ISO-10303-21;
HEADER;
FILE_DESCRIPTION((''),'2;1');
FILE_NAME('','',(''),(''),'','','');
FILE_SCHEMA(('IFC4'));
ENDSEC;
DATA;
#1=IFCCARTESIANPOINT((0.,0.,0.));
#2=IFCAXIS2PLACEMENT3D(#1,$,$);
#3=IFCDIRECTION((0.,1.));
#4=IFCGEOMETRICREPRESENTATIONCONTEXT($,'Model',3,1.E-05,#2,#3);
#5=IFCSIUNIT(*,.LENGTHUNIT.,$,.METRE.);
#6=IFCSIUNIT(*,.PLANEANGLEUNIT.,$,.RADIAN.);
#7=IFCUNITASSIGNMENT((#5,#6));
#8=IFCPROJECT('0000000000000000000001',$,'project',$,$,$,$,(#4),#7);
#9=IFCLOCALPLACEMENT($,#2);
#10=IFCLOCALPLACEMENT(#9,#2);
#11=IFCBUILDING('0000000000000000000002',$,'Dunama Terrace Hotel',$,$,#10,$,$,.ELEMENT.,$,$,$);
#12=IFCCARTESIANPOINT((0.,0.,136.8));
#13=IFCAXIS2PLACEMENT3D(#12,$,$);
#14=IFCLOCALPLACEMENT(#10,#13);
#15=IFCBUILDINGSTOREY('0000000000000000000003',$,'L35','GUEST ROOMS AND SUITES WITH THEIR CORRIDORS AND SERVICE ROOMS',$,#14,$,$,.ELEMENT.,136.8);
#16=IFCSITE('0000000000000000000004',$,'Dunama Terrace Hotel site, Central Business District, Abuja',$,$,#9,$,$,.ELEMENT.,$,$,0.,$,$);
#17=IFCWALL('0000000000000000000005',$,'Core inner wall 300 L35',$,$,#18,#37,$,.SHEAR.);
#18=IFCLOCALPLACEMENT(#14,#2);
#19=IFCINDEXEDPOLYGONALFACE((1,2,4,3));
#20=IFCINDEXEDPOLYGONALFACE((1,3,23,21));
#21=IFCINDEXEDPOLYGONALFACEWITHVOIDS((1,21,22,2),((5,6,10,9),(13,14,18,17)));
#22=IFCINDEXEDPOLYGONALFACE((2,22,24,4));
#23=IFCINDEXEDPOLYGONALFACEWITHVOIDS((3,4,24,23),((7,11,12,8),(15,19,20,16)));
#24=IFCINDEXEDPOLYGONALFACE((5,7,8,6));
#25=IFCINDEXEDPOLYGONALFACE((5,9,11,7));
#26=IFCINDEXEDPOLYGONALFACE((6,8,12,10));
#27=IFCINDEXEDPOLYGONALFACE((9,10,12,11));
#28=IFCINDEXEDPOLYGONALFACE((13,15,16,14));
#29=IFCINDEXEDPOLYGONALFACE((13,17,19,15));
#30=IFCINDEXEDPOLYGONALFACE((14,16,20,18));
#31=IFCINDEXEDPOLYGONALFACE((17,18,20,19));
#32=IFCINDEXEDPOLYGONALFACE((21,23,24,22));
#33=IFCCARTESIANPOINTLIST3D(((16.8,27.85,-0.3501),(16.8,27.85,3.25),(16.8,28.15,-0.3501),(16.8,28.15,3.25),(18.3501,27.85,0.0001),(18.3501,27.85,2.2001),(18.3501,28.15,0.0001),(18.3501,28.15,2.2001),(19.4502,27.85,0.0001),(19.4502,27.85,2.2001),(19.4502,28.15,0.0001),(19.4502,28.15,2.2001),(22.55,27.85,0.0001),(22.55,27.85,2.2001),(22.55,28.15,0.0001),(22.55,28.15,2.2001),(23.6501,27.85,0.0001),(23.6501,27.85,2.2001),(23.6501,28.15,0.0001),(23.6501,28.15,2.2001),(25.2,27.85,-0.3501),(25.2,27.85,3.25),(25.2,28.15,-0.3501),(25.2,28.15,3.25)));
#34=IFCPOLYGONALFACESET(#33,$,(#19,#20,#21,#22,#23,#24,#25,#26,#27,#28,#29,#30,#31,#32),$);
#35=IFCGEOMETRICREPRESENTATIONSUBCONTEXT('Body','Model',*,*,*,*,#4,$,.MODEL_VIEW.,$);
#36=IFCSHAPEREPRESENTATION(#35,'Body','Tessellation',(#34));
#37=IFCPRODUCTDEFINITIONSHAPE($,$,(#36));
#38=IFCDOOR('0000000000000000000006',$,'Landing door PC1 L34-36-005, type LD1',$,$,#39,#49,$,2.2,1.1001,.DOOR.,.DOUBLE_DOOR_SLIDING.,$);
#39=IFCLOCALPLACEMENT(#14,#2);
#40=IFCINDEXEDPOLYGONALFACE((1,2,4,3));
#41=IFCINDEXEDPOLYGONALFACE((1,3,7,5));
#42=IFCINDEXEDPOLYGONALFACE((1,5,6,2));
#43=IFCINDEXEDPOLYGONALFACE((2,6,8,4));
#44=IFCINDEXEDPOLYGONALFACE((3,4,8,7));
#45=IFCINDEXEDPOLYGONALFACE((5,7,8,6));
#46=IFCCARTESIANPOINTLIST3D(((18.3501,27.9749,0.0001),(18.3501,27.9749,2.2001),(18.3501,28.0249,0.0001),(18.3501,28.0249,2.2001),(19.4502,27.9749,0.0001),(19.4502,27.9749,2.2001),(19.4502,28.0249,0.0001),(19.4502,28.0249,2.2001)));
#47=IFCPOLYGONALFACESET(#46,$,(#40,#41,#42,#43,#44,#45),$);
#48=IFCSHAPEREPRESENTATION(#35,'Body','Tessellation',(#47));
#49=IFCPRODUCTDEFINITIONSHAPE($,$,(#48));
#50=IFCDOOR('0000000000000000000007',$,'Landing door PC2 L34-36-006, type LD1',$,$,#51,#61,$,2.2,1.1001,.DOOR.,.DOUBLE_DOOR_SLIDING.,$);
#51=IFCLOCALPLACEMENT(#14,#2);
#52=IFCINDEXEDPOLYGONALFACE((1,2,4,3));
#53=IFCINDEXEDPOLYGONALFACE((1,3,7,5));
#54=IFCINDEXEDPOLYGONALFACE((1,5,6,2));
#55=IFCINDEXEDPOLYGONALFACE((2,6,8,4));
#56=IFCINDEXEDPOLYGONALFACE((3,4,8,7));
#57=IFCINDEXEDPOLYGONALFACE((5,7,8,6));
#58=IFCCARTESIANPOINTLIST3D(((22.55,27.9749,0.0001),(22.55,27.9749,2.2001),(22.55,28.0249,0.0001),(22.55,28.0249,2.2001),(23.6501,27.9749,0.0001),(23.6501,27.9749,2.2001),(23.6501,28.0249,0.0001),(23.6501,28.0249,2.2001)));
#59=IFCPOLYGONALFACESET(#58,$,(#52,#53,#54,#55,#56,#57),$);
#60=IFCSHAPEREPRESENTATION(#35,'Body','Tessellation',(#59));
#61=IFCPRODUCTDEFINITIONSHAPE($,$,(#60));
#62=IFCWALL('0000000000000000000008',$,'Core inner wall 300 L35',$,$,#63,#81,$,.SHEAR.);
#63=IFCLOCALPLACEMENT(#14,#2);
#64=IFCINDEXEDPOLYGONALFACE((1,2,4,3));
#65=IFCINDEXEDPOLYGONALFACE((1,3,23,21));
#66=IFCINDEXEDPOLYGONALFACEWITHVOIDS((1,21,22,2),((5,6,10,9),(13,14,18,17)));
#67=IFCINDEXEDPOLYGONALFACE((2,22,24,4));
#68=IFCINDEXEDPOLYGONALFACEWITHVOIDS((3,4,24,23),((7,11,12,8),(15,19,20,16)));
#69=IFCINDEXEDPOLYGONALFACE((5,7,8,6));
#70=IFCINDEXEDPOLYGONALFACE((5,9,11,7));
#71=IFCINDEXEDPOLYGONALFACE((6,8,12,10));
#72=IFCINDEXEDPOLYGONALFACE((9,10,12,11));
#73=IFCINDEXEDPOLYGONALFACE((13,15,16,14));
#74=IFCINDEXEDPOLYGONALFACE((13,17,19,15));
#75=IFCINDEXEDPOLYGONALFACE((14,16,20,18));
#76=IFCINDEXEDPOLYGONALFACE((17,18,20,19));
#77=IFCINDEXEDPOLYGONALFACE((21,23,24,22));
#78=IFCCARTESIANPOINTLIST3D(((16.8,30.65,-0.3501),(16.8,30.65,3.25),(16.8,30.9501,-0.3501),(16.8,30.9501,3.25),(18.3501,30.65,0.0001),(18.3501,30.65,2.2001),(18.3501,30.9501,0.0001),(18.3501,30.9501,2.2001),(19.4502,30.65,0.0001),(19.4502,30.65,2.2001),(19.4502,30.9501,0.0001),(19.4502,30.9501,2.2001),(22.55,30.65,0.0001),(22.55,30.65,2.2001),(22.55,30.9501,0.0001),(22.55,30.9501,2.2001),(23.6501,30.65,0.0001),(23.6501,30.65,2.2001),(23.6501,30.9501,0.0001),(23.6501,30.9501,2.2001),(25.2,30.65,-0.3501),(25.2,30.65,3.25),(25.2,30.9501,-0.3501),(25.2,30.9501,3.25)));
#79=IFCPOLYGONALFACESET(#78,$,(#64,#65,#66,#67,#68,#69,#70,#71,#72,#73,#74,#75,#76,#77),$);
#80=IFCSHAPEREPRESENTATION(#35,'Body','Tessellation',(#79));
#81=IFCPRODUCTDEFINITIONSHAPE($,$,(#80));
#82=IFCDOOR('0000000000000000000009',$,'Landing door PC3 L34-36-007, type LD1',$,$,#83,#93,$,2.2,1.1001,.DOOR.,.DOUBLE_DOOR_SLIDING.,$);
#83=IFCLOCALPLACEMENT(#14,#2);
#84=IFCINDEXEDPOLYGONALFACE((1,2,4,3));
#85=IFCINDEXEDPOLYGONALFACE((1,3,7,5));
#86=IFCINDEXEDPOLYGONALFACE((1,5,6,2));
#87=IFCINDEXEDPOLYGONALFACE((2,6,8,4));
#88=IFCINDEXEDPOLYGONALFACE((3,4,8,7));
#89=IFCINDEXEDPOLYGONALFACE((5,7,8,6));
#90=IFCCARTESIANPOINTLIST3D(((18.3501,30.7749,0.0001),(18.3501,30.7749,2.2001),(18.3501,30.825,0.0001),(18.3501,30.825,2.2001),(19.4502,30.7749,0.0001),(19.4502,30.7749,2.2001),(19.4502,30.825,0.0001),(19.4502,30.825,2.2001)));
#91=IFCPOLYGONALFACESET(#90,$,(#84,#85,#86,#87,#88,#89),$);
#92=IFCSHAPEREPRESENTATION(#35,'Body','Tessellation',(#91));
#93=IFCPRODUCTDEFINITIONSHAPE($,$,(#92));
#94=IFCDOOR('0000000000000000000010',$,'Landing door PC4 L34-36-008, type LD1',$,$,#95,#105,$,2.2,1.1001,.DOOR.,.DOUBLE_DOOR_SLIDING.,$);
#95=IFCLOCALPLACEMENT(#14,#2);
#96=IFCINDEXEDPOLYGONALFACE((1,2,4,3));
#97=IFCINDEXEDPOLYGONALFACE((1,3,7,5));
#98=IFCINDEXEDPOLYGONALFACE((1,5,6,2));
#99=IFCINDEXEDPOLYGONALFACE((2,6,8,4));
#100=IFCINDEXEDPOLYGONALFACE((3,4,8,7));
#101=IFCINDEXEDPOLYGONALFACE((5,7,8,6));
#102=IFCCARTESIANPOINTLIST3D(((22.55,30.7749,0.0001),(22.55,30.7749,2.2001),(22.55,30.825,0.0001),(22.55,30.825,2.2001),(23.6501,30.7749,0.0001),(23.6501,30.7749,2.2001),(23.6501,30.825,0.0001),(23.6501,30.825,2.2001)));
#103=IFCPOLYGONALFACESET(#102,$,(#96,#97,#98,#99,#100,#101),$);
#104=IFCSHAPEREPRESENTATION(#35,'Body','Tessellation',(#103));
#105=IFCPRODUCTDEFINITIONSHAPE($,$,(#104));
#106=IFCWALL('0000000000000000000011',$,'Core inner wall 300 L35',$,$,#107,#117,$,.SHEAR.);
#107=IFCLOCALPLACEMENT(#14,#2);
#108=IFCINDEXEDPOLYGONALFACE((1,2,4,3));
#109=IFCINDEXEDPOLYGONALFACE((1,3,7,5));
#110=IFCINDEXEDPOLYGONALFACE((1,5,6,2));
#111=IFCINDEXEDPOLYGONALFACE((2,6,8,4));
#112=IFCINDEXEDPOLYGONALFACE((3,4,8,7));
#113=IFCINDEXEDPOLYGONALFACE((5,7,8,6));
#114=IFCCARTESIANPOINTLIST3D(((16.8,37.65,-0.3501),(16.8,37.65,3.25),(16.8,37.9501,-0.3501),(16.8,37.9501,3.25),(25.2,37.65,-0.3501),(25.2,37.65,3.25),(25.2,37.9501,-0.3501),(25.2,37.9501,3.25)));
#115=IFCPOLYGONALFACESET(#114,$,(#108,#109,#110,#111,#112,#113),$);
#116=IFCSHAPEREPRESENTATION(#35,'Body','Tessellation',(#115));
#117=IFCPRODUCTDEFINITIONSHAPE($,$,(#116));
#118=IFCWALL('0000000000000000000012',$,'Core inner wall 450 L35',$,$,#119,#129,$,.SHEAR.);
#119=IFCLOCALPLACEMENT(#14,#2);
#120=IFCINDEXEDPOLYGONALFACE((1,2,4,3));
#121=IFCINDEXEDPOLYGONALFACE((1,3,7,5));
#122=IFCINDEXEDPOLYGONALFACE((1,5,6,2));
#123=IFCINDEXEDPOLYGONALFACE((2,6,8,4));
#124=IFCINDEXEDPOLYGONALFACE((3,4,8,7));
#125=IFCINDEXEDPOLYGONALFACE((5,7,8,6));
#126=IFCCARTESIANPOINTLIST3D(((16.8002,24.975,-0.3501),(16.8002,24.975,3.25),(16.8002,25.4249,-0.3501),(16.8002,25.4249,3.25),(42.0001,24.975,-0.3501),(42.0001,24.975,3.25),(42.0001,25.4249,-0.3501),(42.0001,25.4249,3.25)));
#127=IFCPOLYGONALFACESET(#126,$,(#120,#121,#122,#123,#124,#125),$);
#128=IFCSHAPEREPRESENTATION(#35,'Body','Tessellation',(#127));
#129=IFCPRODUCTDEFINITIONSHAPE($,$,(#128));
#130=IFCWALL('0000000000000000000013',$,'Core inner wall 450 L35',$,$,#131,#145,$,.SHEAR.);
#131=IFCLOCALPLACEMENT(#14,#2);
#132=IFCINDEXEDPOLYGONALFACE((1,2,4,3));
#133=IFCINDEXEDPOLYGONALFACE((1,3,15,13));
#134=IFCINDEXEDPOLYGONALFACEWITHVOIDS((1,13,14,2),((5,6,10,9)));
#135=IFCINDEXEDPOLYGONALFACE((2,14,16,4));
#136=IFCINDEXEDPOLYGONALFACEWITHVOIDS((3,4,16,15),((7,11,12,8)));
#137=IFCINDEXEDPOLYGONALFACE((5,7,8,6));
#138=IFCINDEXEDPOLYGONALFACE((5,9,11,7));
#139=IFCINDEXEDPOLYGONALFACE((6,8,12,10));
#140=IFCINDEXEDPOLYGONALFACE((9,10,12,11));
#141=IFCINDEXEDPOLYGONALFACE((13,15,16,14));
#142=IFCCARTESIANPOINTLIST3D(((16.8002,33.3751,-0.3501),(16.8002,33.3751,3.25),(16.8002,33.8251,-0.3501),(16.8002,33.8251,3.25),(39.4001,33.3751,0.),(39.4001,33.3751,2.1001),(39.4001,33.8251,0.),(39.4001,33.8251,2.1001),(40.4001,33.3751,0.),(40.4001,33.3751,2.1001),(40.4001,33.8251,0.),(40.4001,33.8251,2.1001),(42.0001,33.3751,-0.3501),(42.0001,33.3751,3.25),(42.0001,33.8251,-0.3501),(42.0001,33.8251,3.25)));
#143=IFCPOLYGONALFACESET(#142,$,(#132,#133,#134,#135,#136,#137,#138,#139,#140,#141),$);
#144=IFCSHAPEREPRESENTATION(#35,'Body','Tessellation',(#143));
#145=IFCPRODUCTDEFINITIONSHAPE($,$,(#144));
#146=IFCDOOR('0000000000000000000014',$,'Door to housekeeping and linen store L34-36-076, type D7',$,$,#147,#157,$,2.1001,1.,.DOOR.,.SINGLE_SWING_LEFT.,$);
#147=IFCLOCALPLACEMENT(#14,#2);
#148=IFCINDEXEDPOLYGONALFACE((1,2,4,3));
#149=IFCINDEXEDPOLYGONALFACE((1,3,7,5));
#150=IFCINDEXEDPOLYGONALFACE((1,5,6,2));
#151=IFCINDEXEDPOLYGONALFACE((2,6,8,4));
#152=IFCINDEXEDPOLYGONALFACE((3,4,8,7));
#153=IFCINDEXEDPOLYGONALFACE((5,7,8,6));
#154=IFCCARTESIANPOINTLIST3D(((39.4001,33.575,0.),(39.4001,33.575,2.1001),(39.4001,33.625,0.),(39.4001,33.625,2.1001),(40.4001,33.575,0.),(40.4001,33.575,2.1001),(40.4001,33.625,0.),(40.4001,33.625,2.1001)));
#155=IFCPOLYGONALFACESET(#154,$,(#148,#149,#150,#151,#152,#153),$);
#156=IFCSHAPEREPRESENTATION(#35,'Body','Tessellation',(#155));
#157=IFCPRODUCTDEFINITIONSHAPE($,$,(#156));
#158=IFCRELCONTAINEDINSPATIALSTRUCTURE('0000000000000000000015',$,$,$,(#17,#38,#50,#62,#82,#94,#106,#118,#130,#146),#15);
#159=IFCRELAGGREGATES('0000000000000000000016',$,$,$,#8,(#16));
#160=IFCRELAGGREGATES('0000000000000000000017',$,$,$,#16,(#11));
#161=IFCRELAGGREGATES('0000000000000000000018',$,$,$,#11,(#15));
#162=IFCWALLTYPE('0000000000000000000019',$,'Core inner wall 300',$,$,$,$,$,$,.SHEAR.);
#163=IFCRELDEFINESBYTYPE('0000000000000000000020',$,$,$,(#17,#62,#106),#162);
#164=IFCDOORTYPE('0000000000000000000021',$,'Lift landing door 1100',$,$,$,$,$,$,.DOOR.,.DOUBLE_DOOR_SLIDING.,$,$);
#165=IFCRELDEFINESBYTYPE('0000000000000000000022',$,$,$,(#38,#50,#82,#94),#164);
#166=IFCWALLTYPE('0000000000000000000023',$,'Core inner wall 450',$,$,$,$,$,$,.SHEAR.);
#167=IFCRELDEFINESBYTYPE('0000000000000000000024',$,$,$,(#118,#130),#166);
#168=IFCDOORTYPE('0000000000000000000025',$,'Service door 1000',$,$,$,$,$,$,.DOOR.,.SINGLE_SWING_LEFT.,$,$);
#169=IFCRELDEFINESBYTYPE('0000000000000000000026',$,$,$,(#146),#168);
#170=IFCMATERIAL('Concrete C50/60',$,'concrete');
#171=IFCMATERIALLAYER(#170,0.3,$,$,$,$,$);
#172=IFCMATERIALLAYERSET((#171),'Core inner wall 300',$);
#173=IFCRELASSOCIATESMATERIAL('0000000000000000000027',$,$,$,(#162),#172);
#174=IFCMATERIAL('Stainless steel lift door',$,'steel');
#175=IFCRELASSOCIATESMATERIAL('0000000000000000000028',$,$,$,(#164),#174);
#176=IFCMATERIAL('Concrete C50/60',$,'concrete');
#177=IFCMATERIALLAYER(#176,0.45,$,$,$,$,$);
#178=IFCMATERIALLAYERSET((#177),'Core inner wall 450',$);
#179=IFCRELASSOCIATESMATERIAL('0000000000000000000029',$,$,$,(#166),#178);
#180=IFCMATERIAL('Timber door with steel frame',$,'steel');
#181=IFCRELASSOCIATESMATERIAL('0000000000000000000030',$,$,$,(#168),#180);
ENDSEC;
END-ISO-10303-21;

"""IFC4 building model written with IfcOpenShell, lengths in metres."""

from ifc_helpers import new_model, si_unit, direction, frame, frame_2d, origin, place, context, subcontext, project, spatial, rectangle, extrude, material, layer, layer_set, type_object, element, fill, save


model = new_model("IFC4")

# Units and contexts
model_context = context("Model", 3, precision=1e-05, world=origin(), true_north=direction((0.0, 1.0)))
body_context = subcontext(model_context, "Body", "Model", "MODEL_VIEW")
ifc_project = project(units=[si_unit("LENGTHUNIT", "METRE"), si_unit("PLANEANGLEUNIT", "RADIAN")], contexts=[model_context])

# Site, building, storey
site_placement = place(None, origin())
site = spatial("IfcSite", under=ifc_project, at=site_placement, Name="Dunama Terrace Hotel site, Central Business District, Abuja", CompositionType="ELEMENT", RefElevation=0.0)
building_placement = place(site_placement, origin())
building = spatial("IfcBuilding", under=site, at=building_placement, Name="Dunama Terrace Hotel", CompositionType="ELEMENT")
storey_placement = place(building_placement, frame((0.0, 0.0, 136.8)))
storey = spatial("IfcBuildingStorey", under=building, at=storey_placement, Name="L35", Description="GUEST ROOMS AND SUITES WITH THEIR CORRIDORS AND SERVICE ROOMS", CompositionType="ELEMENT", Elevation=136.8)

# Shared definitions
ifc_material_1 = material(Name="Concrete C50/60", Category="concrete")
ifc_layer_1 = layer(ifc_material_1, 0.3)
ifc_layer_set_1 = layer_set([ifc_layer_1], Name="Core inner wall 300")
wall_type_1 = type_object("IfcWallType", Name="Core inner wall 300", PredefinedType="SHEAR", material=ifc_layer_set_1)

# Walls, openings, doors
wall_1_placement = place(storey_placement, frame((16.8, 28.0, -0.3501), z_axis=(0.0, 0.0, 1.0), x_axis=(1.0, 0.0, 0.0)))
wall_1 = element("IfcWall", 1, at=wall_1_placement, inside=storey, type_object=wall_type_1, Name="Core inner wall 300 L35", PredefinedType="SHEAR", context=body_context, shape_type="SweptSolid", body=[
    extrude(rectangle(XDim=8.3999, YDim=0.3, at=frame_2d((4.2, 0.0))), origin(), (0.0, 0.0, 1.0), 3.6001),
])
opening_1_placement = place(wall_1_placement, frame((1.55, 0.0, 0.3501)))
opening_1 = element("IfcOpeningElement", 2, at=opening_1_placement, cuts=wall_1, PredefinedType="OPENING", context=body_context, shape_type="SweptSolid", body=[
    extrude(rectangle(XDim=1.1001, YDim=2.2, at=frame_2d((0.55, 1.1001))), frame((0.0, 0.1599, 0.0), z_axis=(0.0, -1.0, 0.0), x_axis=(1.0, 0.0, 0.0)), (0.0, 0.0, 1.0), 0.3201),
])
opening_2_placement = place(wall_1_placement, frame((5.75, 0.0, 0.3501)))
opening_2 = element("IfcOpeningElement", 3, at=opening_2_placement, cuts=wall_1, PredefinedType="OPENING", context=body_context, shape_type="SweptSolid", body=[
    extrude(rectangle(XDim=1.1001, YDim=2.2, at=frame_2d((0.55, 1.1001))), frame((0.0, 0.1599, 0.0), z_axis=(0.0, -1.0, 0.0), x_axis=(1.0, 0.0, 0.0)), (0.0, 0.0, 1.0), 0.3201),
])
ifc_material_2 = material(Name="Stainless steel lift door", Category="steel")
door_type_1 = type_object("IfcDoorType", Name="Lift landing door 1100", OperationType="DOUBLE_DOOR_SLIDING", PredefinedType="DOOR", material=ifc_material_2)
door_1_placement = place(opening_1_placement, origin())
door_1 = element("IfcDoor", 4, at=door_1_placement, inside=storey, type_object=door_type_1, Name="Landing door PC1 L34-36-005, type LD1", OperationType="DOUBLE_DOOR_SLIDING", OverallHeight=2.2, OverallWidth=1.1001, PredefinedType="DOOR", context=body_context, shape_type="SweptSolid", body=[
    extrude(rectangle(XDim=1.1001, YDim=2.2, at=frame_2d((0.55, 1.1001))), frame((0.0, 0.0249, 0.0), z_axis=(0.0, -1.0, 0.0), x_axis=(1.0, 0.0, 0.0)), (0.0, 0.0, 1.0), 0.05),
])
fill(opening_1, door_1)
door_2_placement = place(opening_2_placement, origin())
door_2 = element("IfcDoor", 5, at=door_2_placement, inside=storey, type_object=door_type_1, Name="Landing door PC2 L34-36-006, type LD1", OperationType="DOUBLE_DOOR_SLIDING", OverallHeight=2.2, OverallWidth=1.1001, PredefinedType="DOOR", context=body_context, shape_type="SweptSolid", body=[
    extrude(rectangle(XDim=1.1001, YDim=2.2, at=frame_2d((0.55, 1.1001))), frame((0.0, 0.0249, 0.0), z_axis=(0.0, -1.0, 0.0), x_axis=(1.0, 0.0, 0.0)), (0.0, 0.0, 1.0), 0.05),
])
fill(opening_2, door_2)
wall_2_placement = place(storey_placement, frame((16.8, 30.8, -0.3501), z_axis=(0.0, 0.0, 1.0), x_axis=(1.0, 0.0, 0.0)))
wall_2 = element("IfcWall", 6, at=wall_2_placement, inside=storey, type_object=wall_type_1, Name="Core inner wall 300 L35", PredefinedType="SHEAR", context=body_context, shape_type="SweptSolid", body=[
    extrude(rectangle(XDim=8.3999, YDim=0.3, at=frame_2d((4.2, 0.0))), origin(), (0.0, 0.0, 1.0), 3.6001),
])
opening_3_placement = place(wall_2_placement, frame((1.55, 0.0, 0.3501)))
opening_3 = element("IfcOpeningElement", 7, at=opening_3_placement, cuts=wall_2, PredefinedType="OPENING", context=body_context, shape_type="SweptSolid", body=[
    extrude(rectangle(XDim=1.1001, YDim=2.2, at=frame_2d((0.55, 1.1001))), frame((0.0, 0.1599, 0.0), z_axis=(0.0, -1.0, 0.0), x_axis=(1.0, 0.0, 0.0)), (0.0, 0.0, 1.0), 0.3201),
])
opening_4_placement = place(wall_2_placement, frame((5.75, 0.0, 0.3501)))
opening_4 = element("IfcOpeningElement", 8, at=opening_4_placement, cuts=wall_2, PredefinedType="OPENING", context=body_context, shape_type="SweptSolid", body=[
    extrude(rectangle(XDim=1.1001, YDim=2.2, at=frame_2d((0.55, 1.1001))), frame((0.0, 0.1599, 0.0), z_axis=(0.0, -1.0, 0.0), x_axis=(1.0, 0.0, 0.0)), (0.0, 0.0, 1.0), 0.3201),
])
door_3_placement = place(opening_3_placement, origin())
door_3 = element("IfcDoor", 9, at=door_3_placement, inside=storey, type_object=door_type_1, Name="Landing door PC3 L34-36-007, type LD1", OperationType="DOUBLE_DOOR_SLIDING", OverallHeight=2.2, OverallWidth=1.1001, PredefinedType="DOOR", context=body_context, shape_type="SweptSolid", body=[
    extrude(rectangle(XDim=1.1001, YDim=2.2, at=frame_2d((0.55, 1.1001))), frame((0.0, 0.0249, 0.0), z_axis=(0.0, -1.0, 0.0), x_axis=(1.0, 0.0, 0.0)), (0.0, 0.0, 1.0), 0.05),
])
fill(opening_3, door_3)
door_4_placement = place(opening_4_placement, origin())
door_4 = element("IfcDoor", 10, at=door_4_placement, inside=storey, type_object=door_type_1, Name="Landing door PC4 L34-36-008, type LD1", OperationType="DOUBLE_DOOR_SLIDING", OverallHeight=2.2, OverallWidth=1.1001, PredefinedType="DOOR", context=body_context, shape_type="SweptSolid", body=[
    extrude(rectangle(XDim=1.1001, YDim=2.2, at=frame_2d((0.55, 1.1001))), frame((0.0, 0.0249, 0.0), z_axis=(0.0, -1.0, 0.0), x_axis=(1.0, 0.0, 0.0)), (0.0, 0.0, 1.0), 0.05),
])
fill(opening_4, door_4)

# Walls
wall_3_placement = place(storey_placement, frame((16.8, 37.8, -0.3501), z_axis=(0.0, 0.0, 1.0), x_axis=(1.0, 0.0, 0.0)))
element("IfcWall", 11, at=wall_3_placement, inside=storey, type_object=wall_type_1, Name="Core inner wall 300 L35", PredefinedType="SHEAR", context=body_context, shape_type="SweptSolid", body=[
    extrude(rectangle(XDim=8.3999, YDim=0.3, at=frame_2d((4.2, 0.0))), origin(), (0.0, 0.0, 1.0), 3.6001),
])
ifc_material_3 = material(Name="Concrete C50/60", Category="concrete")
ifc_layer_2 = layer(ifc_material_3, 0.45)
ifc_layer_set_2 = layer_set([ifc_layer_2], Name="Core inner wall 450")
wall_type_2 = type_object("IfcWallType", Name="Core inner wall 450", PredefinedType="SHEAR", material=ifc_layer_set_2)
wall_4_placement = place(storey_placement, frame((16.8, 25.2, -0.3501), z_axis=(0.0, 0.0, 1.0), x_axis=(1.0, 0.0, 0.0)))
element("IfcWall", 12, at=wall_4_placement, inside=storey, type_object=wall_type_2, Name="Core inner wall 450 L35", PredefinedType="SHEAR", context=body_context, shape_type="SweptSolid", body=[
    extrude(rectangle(XDim=25.2, YDim=0.45, at=frame_2d((12.6001, 0.0))), origin(), (0.0, 0.0, 1.0), 3.6001),
])

# Wall, opening, door
wall_5_placement = place(storey_placement, frame((16.8, 33.6001, -0.3501), z_axis=(0.0, 0.0, 1.0), x_axis=(1.0, 0.0, 0.0)))
wall_5 = element("IfcWall", 13, at=wall_5_placement, inside=storey, type_object=wall_type_2, Name="Core inner wall 450 L35", PredefinedType="SHEAR", context=body_context, shape_type="SweptSolid", body=[
    extrude(rectangle(XDim=25.2, YDim=0.45, at=frame_2d((12.6001, 0.0))), origin(), (0.0, 0.0, 1.0), 3.6001),
])
opening_5_placement = place(wall_5_placement, frame((22.6001, 0.0, 0.3501)))
opening_5 = element("IfcOpeningElement", 14, at=opening_5_placement, cuts=wall_5, PredefinedType="OPENING", context=body_context, shape_type="SweptSolid", body=[
    extrude(rectangle(XDim=1.0, YDim=2.1001, at=frame_2d((0.5, 1.05))), frame((0.0, 0.2349, 0.0), z_axis=(0.0, -1.0, 0.0), x_axis=(1.0, 0.0, 0.0)), (0.0, 0.0, 1.0), 0.47),
])
ifc_material_4 = material(Name="Timber door with steel frame", Category="steel")
door_type_2 = type_object("IfcDoorType", Name="Service door 1000", OperationType="SINGLE_SWING_LEFT", PredefinedType="DOOR", material=ifc_material_4)
door_5_placement = place(opening_5_placement, frame((1.0, 0.0, 0.0), z_axis=(0.0, 0.0, 1.0), x_axis=(-1.0, 0.0, 0.0)))
door_5 = element("IfcDoor", 15, at=door_5_placement, inside=storey, type_object=door_type_2, Name="Door to housekeeping and linen store L34-36-076, type D7", OperationType="SINGLE_SWING_LEFT", OverallHeight=2.1001, OverallWidth=1.0, PredefinedType="DOOR", context=body_context, shape_type="SweptSolid", body=[
    extrude(rectangle(XDim=1.0, YDim=2.1001, at=frame_2d((0.5, 1.05))), frame((0.0, 0.0251, 0.0), z_axis=(0.0, -1.0, 0.0), x_axis=(1.0, 0.0, 0.0)), (0.0, 0.0, 1.0), 0.05),
])
fill(opening_5, door_5)

save(model, "model.ifc")
